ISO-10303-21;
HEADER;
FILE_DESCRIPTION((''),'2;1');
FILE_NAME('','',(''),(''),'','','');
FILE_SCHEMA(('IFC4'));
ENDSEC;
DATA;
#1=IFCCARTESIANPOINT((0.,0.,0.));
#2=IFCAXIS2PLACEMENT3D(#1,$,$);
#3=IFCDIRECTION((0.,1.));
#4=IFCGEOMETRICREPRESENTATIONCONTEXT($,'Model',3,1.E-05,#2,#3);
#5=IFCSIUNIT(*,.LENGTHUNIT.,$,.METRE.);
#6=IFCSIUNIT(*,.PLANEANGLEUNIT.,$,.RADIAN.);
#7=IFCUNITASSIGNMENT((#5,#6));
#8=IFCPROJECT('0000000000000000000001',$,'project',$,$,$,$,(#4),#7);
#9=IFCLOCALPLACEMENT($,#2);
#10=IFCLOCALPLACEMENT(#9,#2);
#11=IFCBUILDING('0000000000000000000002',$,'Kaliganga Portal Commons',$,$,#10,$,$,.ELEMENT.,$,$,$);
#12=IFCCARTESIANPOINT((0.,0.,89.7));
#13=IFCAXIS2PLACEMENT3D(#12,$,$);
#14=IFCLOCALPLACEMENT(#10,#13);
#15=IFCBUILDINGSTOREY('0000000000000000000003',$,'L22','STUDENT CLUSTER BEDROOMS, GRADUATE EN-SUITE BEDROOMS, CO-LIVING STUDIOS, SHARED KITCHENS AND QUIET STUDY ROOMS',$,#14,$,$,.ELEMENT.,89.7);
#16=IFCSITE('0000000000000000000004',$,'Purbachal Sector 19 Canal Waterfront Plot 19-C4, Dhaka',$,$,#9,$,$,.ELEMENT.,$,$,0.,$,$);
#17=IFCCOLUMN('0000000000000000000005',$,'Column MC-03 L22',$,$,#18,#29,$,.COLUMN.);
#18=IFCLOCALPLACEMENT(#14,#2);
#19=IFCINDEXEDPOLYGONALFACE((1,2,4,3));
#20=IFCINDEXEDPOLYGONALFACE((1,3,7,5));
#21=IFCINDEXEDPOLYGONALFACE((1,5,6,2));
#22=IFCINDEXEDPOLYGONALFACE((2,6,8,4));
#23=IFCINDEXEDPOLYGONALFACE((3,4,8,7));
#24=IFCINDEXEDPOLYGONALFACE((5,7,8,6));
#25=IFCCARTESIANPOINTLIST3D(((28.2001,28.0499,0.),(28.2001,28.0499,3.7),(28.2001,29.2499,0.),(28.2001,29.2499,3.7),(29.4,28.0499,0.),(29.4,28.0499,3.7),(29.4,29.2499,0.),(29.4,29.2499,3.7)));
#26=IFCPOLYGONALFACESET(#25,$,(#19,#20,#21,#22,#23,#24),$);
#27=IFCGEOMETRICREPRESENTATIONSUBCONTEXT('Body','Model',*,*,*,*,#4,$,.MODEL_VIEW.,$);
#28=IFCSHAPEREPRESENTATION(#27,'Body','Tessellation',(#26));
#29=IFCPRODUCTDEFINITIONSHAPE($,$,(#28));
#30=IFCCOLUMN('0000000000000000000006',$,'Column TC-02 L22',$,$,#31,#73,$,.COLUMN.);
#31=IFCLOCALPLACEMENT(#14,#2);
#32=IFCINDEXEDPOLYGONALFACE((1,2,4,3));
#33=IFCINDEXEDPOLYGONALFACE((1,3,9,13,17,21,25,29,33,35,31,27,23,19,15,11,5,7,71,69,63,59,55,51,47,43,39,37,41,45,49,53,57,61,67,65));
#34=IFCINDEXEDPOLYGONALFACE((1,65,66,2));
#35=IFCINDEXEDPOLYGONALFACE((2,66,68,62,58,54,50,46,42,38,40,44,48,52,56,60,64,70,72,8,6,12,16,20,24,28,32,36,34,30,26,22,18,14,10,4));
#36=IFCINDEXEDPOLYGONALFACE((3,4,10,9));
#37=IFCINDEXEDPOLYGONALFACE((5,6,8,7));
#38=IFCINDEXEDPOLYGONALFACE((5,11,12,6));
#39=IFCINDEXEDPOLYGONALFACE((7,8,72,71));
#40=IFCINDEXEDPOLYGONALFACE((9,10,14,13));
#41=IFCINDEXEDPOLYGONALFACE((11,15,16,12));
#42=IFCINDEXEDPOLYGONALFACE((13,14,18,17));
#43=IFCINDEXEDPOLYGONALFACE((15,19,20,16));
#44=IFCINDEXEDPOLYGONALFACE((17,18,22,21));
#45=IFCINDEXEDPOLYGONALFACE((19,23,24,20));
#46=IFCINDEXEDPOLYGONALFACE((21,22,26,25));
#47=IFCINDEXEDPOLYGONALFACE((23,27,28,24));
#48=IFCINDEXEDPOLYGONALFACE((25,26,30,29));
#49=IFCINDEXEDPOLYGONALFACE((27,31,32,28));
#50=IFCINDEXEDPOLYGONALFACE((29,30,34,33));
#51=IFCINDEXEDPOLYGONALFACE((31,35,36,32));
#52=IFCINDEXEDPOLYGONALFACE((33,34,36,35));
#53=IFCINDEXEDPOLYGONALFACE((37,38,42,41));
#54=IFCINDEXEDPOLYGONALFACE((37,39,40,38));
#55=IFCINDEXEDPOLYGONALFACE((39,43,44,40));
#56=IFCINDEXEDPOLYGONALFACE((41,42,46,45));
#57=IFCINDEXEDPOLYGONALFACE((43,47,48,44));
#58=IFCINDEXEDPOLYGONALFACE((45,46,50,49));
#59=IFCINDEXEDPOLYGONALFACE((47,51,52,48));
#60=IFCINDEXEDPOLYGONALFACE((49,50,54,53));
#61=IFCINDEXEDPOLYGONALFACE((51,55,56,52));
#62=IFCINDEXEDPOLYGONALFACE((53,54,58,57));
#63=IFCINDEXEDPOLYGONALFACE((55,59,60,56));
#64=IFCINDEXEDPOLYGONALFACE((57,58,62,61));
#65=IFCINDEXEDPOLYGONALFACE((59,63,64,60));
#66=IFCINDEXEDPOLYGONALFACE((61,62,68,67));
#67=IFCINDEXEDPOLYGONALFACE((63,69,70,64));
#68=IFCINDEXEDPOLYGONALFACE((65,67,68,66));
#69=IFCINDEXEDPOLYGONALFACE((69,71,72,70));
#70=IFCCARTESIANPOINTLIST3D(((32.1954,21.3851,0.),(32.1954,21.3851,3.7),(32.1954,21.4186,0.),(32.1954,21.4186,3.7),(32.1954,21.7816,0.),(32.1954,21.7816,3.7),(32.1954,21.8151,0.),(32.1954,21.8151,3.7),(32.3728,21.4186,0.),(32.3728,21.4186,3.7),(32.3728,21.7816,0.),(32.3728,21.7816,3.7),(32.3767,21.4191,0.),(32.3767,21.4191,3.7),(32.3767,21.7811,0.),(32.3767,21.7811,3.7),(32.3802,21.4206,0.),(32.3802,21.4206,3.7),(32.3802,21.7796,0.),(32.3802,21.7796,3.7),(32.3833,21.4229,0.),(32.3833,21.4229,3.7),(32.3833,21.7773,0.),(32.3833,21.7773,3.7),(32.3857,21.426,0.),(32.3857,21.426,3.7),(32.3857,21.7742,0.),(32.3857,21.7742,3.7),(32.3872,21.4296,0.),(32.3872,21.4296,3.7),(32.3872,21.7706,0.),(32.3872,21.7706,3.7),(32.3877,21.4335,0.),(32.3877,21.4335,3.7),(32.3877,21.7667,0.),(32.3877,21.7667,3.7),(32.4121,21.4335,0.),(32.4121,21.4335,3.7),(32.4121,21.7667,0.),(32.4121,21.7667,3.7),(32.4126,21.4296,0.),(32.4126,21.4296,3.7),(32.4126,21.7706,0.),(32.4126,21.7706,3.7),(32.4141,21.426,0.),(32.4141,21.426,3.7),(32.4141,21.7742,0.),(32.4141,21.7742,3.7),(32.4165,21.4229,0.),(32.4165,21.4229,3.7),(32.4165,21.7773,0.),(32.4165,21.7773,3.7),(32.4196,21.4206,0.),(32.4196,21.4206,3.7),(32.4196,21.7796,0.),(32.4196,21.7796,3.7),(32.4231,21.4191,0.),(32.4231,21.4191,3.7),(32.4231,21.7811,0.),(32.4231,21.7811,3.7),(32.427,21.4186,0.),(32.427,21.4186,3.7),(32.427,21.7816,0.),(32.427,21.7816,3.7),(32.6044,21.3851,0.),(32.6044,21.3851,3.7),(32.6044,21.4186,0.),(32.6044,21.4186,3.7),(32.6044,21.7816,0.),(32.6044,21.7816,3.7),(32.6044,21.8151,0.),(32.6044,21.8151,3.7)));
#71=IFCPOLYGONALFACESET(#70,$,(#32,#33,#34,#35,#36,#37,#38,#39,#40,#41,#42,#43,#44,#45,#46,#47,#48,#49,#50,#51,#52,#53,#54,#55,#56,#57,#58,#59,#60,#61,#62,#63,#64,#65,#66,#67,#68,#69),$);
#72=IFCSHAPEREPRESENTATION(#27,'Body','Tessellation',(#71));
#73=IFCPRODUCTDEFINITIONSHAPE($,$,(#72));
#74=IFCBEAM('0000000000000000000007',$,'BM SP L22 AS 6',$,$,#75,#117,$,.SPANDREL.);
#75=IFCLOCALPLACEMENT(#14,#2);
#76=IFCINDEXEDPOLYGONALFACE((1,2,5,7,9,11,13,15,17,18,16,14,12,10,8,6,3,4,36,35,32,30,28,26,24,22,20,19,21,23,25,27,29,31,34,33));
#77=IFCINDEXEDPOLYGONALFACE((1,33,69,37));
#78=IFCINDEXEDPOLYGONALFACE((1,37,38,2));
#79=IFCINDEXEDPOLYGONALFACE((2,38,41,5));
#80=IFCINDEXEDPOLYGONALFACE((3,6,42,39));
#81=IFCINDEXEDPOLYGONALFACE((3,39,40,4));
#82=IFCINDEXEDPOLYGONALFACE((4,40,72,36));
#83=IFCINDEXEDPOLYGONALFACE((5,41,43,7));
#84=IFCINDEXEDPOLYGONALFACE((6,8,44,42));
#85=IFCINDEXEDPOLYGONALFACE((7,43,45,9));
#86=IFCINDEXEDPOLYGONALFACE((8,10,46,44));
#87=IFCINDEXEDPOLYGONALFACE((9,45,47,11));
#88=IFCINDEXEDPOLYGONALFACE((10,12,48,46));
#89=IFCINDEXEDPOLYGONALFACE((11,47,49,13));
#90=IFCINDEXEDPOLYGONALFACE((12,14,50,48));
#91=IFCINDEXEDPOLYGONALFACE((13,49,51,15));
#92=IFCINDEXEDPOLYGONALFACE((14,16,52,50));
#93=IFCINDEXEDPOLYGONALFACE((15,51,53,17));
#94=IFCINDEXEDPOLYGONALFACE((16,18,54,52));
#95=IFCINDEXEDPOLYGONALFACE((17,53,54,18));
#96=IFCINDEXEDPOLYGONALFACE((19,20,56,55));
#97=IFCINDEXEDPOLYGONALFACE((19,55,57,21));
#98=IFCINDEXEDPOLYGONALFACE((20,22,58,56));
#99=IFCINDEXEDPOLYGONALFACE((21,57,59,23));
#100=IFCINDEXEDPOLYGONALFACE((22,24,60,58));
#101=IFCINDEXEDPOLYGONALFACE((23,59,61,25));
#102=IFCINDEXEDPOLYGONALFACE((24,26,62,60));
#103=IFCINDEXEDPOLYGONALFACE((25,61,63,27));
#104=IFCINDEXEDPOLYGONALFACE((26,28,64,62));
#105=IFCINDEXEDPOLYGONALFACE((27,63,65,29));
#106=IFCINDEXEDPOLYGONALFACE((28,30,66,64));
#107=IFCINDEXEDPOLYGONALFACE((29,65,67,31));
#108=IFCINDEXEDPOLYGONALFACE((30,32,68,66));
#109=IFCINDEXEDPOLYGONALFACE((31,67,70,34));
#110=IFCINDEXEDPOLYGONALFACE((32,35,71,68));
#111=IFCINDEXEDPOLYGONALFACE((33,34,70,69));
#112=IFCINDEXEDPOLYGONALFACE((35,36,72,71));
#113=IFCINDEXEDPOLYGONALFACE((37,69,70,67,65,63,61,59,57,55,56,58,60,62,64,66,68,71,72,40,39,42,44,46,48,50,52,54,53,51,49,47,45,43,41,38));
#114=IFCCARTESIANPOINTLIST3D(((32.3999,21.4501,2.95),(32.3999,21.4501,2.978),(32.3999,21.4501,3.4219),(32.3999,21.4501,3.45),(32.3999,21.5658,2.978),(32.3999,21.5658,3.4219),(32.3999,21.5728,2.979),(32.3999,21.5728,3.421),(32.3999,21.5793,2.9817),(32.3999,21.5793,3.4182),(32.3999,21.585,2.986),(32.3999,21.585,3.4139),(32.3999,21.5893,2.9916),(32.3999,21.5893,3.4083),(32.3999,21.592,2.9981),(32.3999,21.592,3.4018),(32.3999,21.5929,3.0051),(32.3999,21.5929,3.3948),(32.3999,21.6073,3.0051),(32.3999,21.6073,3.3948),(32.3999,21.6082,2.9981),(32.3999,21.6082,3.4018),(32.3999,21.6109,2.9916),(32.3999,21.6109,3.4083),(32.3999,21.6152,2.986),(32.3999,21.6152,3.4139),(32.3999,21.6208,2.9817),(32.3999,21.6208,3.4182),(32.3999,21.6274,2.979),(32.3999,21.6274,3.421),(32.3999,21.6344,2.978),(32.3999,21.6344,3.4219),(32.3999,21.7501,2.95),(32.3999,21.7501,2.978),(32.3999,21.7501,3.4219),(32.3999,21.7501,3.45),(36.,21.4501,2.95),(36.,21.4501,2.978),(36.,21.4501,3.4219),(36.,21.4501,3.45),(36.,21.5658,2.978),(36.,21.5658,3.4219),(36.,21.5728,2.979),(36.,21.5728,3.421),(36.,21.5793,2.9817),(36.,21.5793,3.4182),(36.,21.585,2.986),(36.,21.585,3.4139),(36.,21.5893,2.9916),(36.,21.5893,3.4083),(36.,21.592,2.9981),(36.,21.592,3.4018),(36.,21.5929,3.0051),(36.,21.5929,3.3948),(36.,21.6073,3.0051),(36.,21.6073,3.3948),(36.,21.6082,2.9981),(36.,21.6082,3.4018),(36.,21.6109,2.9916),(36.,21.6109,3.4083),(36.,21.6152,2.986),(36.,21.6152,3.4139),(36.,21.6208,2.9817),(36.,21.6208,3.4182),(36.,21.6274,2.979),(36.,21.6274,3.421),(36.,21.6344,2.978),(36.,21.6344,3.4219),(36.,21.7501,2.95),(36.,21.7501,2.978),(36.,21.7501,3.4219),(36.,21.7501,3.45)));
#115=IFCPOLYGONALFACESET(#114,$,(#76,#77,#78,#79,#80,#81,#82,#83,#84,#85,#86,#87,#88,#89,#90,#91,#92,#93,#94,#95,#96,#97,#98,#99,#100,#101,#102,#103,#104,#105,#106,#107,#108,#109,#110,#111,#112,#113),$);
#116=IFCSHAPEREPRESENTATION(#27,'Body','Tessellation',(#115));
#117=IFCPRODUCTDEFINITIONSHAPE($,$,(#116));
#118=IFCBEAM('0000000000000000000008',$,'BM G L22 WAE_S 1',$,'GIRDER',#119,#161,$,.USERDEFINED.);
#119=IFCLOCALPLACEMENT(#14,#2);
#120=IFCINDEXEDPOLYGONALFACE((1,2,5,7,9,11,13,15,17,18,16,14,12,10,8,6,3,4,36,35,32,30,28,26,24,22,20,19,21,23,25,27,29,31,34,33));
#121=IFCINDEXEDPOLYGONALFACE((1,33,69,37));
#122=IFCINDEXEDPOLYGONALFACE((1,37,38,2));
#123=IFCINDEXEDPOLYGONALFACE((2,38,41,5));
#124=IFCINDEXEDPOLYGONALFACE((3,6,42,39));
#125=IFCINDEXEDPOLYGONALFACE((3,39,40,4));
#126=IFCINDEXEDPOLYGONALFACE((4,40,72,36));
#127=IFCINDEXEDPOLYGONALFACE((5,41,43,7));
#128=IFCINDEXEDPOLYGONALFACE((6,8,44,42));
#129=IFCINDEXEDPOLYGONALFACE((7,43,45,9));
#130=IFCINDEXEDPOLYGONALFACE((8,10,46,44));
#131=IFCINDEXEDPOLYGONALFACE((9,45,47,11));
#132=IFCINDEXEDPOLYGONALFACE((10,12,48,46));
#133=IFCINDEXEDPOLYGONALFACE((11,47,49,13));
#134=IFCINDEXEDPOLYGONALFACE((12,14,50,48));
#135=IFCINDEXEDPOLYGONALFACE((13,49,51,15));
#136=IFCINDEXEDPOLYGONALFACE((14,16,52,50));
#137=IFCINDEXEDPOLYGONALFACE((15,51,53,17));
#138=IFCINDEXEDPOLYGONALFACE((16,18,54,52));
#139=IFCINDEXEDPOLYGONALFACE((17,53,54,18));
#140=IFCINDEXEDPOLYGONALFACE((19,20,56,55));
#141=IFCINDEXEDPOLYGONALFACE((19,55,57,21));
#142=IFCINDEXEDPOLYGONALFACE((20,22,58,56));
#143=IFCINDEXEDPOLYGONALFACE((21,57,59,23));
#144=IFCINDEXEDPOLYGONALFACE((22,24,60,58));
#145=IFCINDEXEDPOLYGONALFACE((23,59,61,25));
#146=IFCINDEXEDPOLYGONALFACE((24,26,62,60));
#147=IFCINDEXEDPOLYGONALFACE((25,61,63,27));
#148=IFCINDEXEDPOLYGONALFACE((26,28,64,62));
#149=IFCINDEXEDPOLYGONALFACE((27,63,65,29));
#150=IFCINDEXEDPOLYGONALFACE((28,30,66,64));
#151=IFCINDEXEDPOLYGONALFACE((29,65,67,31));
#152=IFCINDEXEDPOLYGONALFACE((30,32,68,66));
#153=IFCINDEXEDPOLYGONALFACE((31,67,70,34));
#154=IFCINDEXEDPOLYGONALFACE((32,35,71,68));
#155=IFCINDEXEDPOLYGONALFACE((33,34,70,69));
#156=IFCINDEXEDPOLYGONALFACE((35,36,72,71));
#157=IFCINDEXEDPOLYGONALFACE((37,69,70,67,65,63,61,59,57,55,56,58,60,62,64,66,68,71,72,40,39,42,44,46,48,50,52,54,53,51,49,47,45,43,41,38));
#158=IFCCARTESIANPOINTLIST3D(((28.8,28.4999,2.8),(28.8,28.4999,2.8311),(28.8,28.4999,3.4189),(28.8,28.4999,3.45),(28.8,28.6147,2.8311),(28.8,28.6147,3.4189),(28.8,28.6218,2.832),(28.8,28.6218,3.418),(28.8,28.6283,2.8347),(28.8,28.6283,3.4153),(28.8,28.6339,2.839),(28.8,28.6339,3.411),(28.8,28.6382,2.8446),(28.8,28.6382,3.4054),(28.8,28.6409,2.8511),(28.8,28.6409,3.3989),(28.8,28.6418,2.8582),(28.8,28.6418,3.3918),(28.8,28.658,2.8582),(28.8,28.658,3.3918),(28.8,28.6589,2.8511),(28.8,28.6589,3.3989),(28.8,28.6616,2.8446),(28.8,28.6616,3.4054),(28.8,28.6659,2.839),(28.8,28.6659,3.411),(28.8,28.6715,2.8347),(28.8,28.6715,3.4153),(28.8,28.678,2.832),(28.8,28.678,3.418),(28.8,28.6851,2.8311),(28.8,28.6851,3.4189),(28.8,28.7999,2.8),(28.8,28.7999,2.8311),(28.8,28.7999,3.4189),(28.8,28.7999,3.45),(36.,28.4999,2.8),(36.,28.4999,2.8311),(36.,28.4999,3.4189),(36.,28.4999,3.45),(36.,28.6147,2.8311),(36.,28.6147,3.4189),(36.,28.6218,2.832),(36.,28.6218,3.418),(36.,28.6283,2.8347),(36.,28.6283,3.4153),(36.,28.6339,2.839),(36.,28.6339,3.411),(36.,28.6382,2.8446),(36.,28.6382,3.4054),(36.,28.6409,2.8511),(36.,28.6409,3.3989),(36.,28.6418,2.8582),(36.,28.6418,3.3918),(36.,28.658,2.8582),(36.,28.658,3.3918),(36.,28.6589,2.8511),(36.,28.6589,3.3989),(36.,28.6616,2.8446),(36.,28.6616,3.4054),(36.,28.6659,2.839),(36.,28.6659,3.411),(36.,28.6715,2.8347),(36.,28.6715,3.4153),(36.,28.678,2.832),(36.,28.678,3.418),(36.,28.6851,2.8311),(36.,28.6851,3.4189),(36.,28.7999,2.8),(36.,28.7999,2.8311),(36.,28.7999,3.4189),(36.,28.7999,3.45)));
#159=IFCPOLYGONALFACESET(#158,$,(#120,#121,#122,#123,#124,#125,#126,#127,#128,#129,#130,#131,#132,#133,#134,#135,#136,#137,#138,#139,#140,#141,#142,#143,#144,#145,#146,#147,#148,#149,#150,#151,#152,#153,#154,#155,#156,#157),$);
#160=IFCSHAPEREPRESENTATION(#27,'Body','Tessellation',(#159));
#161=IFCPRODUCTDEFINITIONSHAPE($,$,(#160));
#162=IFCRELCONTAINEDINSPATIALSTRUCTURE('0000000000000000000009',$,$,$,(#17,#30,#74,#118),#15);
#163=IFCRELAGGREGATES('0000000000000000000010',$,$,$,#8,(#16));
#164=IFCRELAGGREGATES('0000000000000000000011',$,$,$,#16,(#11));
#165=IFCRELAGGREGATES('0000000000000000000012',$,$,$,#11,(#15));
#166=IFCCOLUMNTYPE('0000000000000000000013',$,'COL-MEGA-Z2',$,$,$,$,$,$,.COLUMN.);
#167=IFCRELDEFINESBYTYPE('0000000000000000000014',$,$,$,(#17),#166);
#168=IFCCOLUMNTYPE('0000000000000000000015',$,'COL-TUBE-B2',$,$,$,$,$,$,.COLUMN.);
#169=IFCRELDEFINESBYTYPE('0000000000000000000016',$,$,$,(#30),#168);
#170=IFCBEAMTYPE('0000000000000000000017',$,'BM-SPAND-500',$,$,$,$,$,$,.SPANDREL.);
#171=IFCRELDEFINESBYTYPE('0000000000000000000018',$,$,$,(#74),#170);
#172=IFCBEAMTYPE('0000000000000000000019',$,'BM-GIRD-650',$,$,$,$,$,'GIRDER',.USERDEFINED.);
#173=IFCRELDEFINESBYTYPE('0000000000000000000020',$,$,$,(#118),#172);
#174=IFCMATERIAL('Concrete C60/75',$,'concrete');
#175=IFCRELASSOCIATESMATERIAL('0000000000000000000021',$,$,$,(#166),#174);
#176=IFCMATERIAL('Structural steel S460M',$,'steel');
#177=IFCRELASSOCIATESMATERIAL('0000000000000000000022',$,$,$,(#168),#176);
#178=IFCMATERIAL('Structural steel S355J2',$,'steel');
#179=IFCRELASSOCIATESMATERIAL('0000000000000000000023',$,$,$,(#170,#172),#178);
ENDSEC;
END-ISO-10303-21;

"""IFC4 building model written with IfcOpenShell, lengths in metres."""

from ifc_helpers import new_model, si_unit, direction, frame, origin, origin_2d, place, context, subcontext, project, spatial, rectangle, i_section, extrude, source, transform, mapped, material, material_profile, profile_set, type_object, element, save


model = new_model("IFC4")

# Units and contexts
model_context = context("Model", 3, precision=1e-05, world=origin(), true_north=direction((0.0, 1.0)))
body_context = subcontext(model_context, "Body", "Model", "MODEL_VIEW")
ifc_project = project(units=[si_unit("LENGTHUNIT", "METRE"), si_unit("PLANEANGLEUNIT", "RADIAN")], contexts=[model_context])

# Site, building, storey
site_placement = place(None, origin())
site = spatial("IfcSite", under=ifc_project, at=site_placement, Name="Purbachal Sector 19 Canal Waterfront Plot 19-C4, Dhaka", CompositionType="ELEMENT", RefElevation=0.0)
building_placement = place(site_placement, origin())
building = spatial("IfcBuilding", under=site, at=building_placement, Name="Kaliganga Portal Commons", CompositionType="ELEMENT")
storey_placement = place(building_placement, frame((0.0, 0.0, 89.7)))
storey = spatial("IfcBuildingStorey", under=building, at=storey_placement, Name="L22", Description="STUDENT CLUSTER BEDROOMS, GRADUATE EN-SUITE BEDROOMS, CO-LIVING STUDIOS, SHARED KITCHENS AND QUIET STUDY ROOMS", CompositionType="ELEMENT", Elevation=89.7)

# Columns
ifc_material_1 = material(Name="Concrete C60/75", Category="concrete")
ifc_material_profile_1 = material_profile(ifc_material_1, rectangle(XDim=1.2, YDim=1.2, at=origin_2d()), Name="RC 1200x1200")
ifc_profile_set_1 = profile_set([ifc_material_profile_1], Name="Concrete C60/75")
column_type_1 = type_object("IfcColumnType", Name="COL-MEGA-Z2", PredefinedType="COLUMN", material=ifc_profile_set_1)
shared_shape_1 = source(origin(), body_context, "Body", "SweptSolid", [
    extrude(rectangle(XDim=1.2, YDim=1.2, at=origin_2d()), origin(), (0.0, 0.0, 1.0), 3.7),
])
column_1_placement = place(storey_placement, frame((28.8, 28.6499, 0.0), z_axis=(0.0, 0.0, 1.0), x_axis=(1.0, 0.0, 0.0)))
element("IfcColumn", 1, at=column_1_placement, inside=storey, type_object=column_type_1, Name="Column MC-03 L22", PredefinedType="COLUMN", context=body_context, shape_type="MappedRepresentation", body=[
    mapped(shared_shape_1, transform((0.0, 0.0, 0.0), x_axis=(1.0, 0.0, 0.0), y_axis=(0.0, 1.0, 0.0), z_axis=(0.0, 0.0, 1.0), scale=1.0)),
])
ifc_material_2 = material(Name="Structural steel S460M", Category="steel")
ifc_material_profile_2 = material_profile(ifc_material_2, i_section(OverallWidth=0.4089, OverallDepth=0.4299, WebThickness=0.0244, FlangeThickness=0.0334, FilletRadius=0.0149, at=origin_2d()), Name="HD 400x421")
ifc_profile_set_2 = profile_set([ifc_material_profile_2], Name="Structural steel S460M wide-flange")
column_type_2 = type_object("IfcColumnType", Name="COL-TUBE-B2", PredefinedType="COLUMN", material=ifc_profile_set_2)
shared_shape_2 = source(origin(), body_context, "Body", "SweptSolid", [
    extrude(i_section(OverallWidth=0.4089, OverallDepth=0.4299, WebThickness=0.0244, FlangeThickness=0.0334, FilletRadius=0.0149, at=origin_2d()), origin(), (0.0, 0.0, 1.0), 3.7),
])
column_2_placement = place(storey_placement, frame((32.3999, 21.6001, 0.0), z_axis=(0.0, 0.0, 1.0), x_axis=(1.0, 0.0, 0.0)))
element("IfcColumn", 2, at=column_2_placement, inside=storey, type_object=column_type_2, Name="Column TC-02 L22", PredefinedType="COLUMN", context=body_context, shape_type="MappedRepresentation", body=[
    mapped(shared_shape_2, transform((0.0, 0.0, 0.0), x_axis=(1.0, 0.0, 0.0), y_axis=(0.0, 1.0, 0.0), z_axis=(0.0, 0.0, 1.0), scale=1.0)),
])

# Beams
ifc_material_3 = material(Name="Structural steel S355J2", Category="steel")
ifc_material_profile_3 = material_profile(ifc_material_3, i_section(OverallWidth=0.3, OverallDepth=0.5, WebThickness=0.0144, FlangeThickness=0.0281, FilletRadius=0.0271, at=origin_2d()), Name="HE 500 B")
ifc_profile_set_3 = profile_set([ifc_material_profile_3], Name="Structural steel S355J2 wide-flange")
beam_type_1 = type_object("IfcBeamType", Name="BM-SPAND-500", PredefinedType="SPANDREL", material=ifc_profile_set_3)
shared_shape_3 = source(origin(), body_context, "Body", "SweptSolid", [
    extrude(i_section(OverallWidth=0.3, OverallDepth=0.5, WebThickness=0.0144, FlangeThickness=0.0281, FilletRadius=0.0271, at=origin_2d()), origin(), (0.0, 0.0, 1.0), 3.6001),
])
beam_1_placement = place(storey_placement, frame((32.3999, 21.6001, 3.2), z_axis=(1.0, 0.0, 0.0), x_axis=(0.0, 1.0, 0.0)))
element("IfcBeam", 3, at=beam_1_placement, inside=storey, type_object=beam_type_1, Name="BM SP L22 AS 6", PredefinedType="SPANDREL", context=body_context, shape_type="MappedRepresentation", body=[
    mapped(shared_shape_3, transform((0.0, 0.0, 0.0), x_axis=(1.0, 0.0, 0.0), y_axis=(0.0, 1.0, 0.0), z_axis=(0.0, 0.0, 1.0), scale=1.0)),
])
ifc_material_profile_4 = material_profile(ifc_material_3, i_section(OverallWidth=0.3, OverallDepth=0.6499, WebThickness=0.0161, FlangeThickness=0.031, FilletRadius=0.0271, at=origin_2d()), Name="HE 650 B")
ifc_profile_set_4 = profile_set([ifc_material_profile_4], Name="Structural steel S355J2 wide-flange")
beam_type_2 = type_object("IfcBeamType", Name="BM-GIRD-650", ElementType="GIRDER", PredefinedType="USERDEFINED", material=ifc_profile_set_4)
shared_shape_4 = source(origin(), body_context, "Body", "SweptSolid", [
    extrude(i_section(OverallWidth=0.3, OverallDepth=0.6499, WebThickness=0.0161, FlangeThickness=0.031, FilletRadius=0.0271, at=origin_2d()), origin(), (0.0, 0.0, 1.0), 7.2),
])
beam_2_placement = place(storey_placement, frame((28.8, 28.6499, 3.125), z_axis=(1.0, 0.0, 0.0), x_axis=(0.0, 1.0, 0.0)))
element("IfcBeam", 4, at=beam_2_placement, inside=storey, type_object=beam_type_2, Name="BM G L22 WAE_S 1", ObjectType="GIRDER", PredefinedType="USERDEFINED", context=body_context, shape_type="MappedRepresentation", body=[
    mapped(shared_shape_4, transform((0.0, 0.0, 0.0), x_axis=(1.0, 0.0, 0.0), y_axis=(0.0, 1.0, 0.0), z_axis=(0.0, 0.0, 1.0), scale=1.0)),
])

save(model, "model.ifc")
